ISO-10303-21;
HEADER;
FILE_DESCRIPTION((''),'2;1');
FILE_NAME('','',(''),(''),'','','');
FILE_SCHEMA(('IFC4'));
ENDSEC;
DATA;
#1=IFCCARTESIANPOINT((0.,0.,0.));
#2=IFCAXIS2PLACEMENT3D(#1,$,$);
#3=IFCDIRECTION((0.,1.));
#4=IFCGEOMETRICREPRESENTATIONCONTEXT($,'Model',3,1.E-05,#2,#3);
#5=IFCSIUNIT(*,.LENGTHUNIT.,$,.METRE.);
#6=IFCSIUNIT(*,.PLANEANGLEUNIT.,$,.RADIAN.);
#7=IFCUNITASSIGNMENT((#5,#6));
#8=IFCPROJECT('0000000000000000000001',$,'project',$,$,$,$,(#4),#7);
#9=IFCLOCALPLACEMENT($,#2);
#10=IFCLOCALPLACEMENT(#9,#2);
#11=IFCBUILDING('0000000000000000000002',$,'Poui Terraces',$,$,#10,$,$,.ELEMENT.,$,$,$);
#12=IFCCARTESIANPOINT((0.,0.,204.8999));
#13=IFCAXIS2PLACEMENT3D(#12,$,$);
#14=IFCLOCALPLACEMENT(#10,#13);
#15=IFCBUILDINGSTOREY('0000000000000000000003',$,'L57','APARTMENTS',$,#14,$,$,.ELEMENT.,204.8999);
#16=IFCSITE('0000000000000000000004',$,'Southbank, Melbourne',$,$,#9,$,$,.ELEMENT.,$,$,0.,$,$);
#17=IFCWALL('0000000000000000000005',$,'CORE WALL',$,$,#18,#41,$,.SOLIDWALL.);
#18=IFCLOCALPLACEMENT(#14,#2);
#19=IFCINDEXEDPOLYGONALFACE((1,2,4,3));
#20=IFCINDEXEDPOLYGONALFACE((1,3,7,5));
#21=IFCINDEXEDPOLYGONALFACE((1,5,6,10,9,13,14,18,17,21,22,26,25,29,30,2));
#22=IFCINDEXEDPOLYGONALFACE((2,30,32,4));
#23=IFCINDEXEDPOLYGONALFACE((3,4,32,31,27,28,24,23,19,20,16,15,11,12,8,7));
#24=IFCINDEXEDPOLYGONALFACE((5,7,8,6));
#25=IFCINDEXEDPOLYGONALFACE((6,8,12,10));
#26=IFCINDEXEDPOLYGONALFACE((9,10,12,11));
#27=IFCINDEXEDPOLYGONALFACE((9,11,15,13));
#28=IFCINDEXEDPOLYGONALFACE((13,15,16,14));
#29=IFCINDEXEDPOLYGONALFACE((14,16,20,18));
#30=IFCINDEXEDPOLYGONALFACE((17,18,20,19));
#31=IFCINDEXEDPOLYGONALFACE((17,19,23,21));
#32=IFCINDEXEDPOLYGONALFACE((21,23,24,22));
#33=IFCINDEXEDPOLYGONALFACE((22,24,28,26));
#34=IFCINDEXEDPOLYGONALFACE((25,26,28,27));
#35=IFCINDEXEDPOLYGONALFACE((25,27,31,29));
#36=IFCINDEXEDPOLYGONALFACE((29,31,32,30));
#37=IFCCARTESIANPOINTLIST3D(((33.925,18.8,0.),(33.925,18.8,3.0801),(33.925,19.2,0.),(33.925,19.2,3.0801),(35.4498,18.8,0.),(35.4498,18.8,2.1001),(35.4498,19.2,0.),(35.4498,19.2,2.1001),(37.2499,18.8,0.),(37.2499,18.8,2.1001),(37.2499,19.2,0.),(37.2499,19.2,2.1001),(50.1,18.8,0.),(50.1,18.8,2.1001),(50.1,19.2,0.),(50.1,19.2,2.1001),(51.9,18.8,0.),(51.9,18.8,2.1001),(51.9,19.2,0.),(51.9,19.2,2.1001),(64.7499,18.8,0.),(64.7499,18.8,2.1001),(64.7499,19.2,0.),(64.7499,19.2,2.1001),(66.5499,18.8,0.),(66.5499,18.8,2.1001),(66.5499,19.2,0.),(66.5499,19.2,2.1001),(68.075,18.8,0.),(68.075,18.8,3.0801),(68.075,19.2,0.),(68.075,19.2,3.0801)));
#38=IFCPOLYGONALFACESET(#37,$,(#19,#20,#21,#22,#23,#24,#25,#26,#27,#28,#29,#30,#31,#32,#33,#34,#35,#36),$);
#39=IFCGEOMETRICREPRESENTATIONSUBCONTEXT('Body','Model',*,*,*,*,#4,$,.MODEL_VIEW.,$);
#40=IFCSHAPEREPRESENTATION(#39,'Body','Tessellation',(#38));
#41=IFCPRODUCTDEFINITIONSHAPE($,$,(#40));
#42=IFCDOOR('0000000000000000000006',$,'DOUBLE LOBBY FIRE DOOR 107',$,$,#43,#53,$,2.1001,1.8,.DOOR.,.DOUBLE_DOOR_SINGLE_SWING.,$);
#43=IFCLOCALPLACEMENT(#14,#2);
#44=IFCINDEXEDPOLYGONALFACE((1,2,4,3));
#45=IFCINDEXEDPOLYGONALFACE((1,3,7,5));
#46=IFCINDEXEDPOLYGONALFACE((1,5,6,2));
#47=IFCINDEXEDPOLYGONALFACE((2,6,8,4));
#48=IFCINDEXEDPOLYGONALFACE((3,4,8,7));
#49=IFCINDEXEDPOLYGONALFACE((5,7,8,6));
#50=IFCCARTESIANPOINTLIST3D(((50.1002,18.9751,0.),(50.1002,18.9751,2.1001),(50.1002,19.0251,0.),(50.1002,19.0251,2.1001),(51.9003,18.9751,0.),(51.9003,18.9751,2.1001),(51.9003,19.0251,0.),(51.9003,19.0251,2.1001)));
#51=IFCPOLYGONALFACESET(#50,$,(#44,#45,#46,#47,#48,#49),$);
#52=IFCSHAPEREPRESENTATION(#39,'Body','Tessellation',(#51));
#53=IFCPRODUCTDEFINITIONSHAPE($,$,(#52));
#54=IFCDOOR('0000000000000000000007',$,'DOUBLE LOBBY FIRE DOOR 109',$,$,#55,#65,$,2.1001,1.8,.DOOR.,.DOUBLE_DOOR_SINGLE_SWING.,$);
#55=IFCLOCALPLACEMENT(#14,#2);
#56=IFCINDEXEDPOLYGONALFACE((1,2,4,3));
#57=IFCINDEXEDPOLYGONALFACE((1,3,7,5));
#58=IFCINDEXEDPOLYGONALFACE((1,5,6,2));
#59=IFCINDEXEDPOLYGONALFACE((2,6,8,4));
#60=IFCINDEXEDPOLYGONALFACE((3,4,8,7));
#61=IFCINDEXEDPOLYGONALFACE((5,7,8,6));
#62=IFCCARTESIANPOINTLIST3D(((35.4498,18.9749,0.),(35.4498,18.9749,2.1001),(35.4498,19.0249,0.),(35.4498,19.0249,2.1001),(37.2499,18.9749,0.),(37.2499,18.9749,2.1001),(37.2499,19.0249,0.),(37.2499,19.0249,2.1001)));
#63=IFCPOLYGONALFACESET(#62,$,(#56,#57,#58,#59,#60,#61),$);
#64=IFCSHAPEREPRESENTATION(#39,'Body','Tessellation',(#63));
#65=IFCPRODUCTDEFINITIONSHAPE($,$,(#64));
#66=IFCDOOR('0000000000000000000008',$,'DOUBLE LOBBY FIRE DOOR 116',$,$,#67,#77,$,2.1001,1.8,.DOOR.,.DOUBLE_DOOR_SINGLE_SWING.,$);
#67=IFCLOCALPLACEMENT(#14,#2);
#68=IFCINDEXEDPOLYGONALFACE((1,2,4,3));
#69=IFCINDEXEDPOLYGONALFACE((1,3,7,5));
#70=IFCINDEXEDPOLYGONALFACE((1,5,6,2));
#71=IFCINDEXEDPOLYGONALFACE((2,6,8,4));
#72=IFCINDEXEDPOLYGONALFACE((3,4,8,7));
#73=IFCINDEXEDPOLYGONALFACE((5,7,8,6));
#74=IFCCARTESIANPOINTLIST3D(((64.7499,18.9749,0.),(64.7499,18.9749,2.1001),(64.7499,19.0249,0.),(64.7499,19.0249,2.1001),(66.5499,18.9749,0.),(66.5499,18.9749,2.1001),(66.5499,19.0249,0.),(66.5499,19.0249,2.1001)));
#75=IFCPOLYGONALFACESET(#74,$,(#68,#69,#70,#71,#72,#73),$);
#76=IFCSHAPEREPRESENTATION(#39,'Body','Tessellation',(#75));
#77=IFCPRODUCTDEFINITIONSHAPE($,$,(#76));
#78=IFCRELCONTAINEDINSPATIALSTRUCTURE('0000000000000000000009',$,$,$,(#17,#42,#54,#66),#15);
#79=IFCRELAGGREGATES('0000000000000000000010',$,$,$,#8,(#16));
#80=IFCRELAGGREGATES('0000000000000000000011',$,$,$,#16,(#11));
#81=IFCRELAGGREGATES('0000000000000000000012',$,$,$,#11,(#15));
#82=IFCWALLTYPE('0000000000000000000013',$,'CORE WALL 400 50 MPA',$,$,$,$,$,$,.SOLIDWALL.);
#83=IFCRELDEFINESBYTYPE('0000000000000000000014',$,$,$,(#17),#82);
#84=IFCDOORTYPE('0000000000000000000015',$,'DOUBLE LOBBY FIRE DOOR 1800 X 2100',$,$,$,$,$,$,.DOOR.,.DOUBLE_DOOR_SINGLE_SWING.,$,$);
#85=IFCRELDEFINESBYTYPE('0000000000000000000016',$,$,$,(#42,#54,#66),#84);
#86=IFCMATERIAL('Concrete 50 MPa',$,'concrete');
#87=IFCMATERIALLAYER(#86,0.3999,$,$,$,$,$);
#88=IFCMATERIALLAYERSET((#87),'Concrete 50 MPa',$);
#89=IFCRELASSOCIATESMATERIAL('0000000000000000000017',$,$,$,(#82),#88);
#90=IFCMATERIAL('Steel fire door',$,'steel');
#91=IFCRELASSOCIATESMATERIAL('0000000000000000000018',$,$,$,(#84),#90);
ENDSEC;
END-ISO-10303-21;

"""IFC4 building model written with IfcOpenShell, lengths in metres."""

from ifc_helpers import new_model, si_unit, direction, frame, frame_2d, origin, place, context, subcontext, project, spatial, rectangle, extrude, material, layer, layer_set, type_object, element, fill, save


model = new_model("IFC4")

# Units and contexts
model_context = context("Model", 3, precision=1e-05, world=origin(), true_north=direction((0.0, 1.0)))
body_context = subcontext(model_context, "Body", "Model", "MODEL_VIEW")
ifc_project = project(units=[si_unit("LENGTHUNIT", "METRE"), si_unit("PLANEANGLEUNIT", "RADIAN")], contexts=[model_context])

# Site, building, storey
site_placement = place(None, origin())
site = spatial("IfcSite", under=ifc_project, at=site_placement, Name="Southbank, Melbourne", CompositionType="ELEMENT", RefElevation=0.0)
building_placement = place(site_placement, origin())
building = spatial("IfcBuilding", under=site, at=building_placement, Name="Poui Terraces", CompositionType="ELEMENT")
storey_placement = place(building_placement, frame((0.0, 0.0, 204.8999)))
storey = spatial("IfcBuildingStorey", under=building, at=storey_placement, Name="L57", Description="APARTMENTS", CompositionType="ELEMENT", Elevation=204.8999)

# Wall, openings, doors
ifc_material_1 = material(Name="Concrete 50 MPa", Category="concrete")
ifc_layer_1 = layer(ifc_material_1, 0.3999)
ifc_layer_set_1 = layer_set([ifc_layer_1], Name="Concrete 50 MPa")
wall_type_1 = type_object("IfcWallType", Name="CORE WALL 400 50 MPA", PredefinedType="SOLIDWALL", material=ifc_layer_set_1)
wall_1_placement = place(storey_placement, frame((33.925, 19.0, 0.0), z_axis=(0.0, 0.0, 1.0), x_axis=(1.0, 0.0, 0.0)))
wall_1 = element("IfcWall", 1, at=wall_1_placement, inside=storey, type_object=wall_type_1, Name="CORE WALL", PredefinedType="SOLIDWALL", context=body_context, shape_type="SweptSolid", body=[
    extrude(rectangle(XDim=34.1499, YDim=0.3999, at=frame_2d((17.075, 0.0))), origin(), (0.0, 0.0, 1.0), 3.0801),
])
opening_1_placement = place(wall_1_placement, frame((16.175, 0.0, 0.0)))
opening_1 = element("IfcOpeningElement", 2, at=opening_1_placement, cuts=wall_1, PredefinedType="OPENING", context=body_context, shape_type="SweptSolid", body=[
    extrude(rectangle(XDim=1.8, YDim=2.1001, at=frame_2d((0.8999, 1.05))), frame((0.0, 0.21, 0.0), z_axis=(0.0, -1.0, 0.0), x_axis=(1.0, 0.0, 0.0)), (0.0, 0.0, 1.0), 0.4199),
])
opening_2_placement = place(wall_1_placement, frame((1.5249, 0.0, 0.0)))
opening_2 = element("IfcOpeningElement", 3, at=opening_2_placement, cuts=wall_1, PredefinedType="OPENING", context=body_context, shape_type="SweptSolid", body=[
    extrude(rectangle(XDim=1.8, YDim=2.1001, at=frame_2d((0.8999, 1.05))), frame((0.0, 0.21, 0.0), z_axis=(0.0, -1.0, 0.0), x_axis=(1.0, 0.0, 0.0)), (0.0, 0.0, 1.0), 0.4199),
])
opening_3_placement = place(wall_1_placement, frame((30.825, 0.0, 0.0)))
opening_3 = element("IfcOpeningElement", 4, at=opening_3_placement, cuts=wall_1, PredefinedType="OPENING", context=body_context, shape_type="SweptSolid", body=[
    extrude(rectangle(XDim=1.8, YDim=2.1001, at=frame_2d((0.8999, 1.05))), frame((0.0, 0.21, 0.0), z_axis=(0.0, -1.0, 0.0), x_axis=(1.0, 0.0, 0.0)), (0.0, 0.0, 1.0), 0.4199),
])
ifc_material_2 = material(Name="Steel fire door", Category="steel")
door_type_1 = type_object("IfcDoorType", Name="DOUBLE LOBBY FIRE DOOR 1800 X 2100", OperationType="DOUBLE_DOOR_SINGLE_SWING", PredefinedType="DOOR", material=ifc_material_2)
door_1_placement = place(opening_1_placement, frame((1.8, 0.0, 0.0), z_axis=(0.0, 0.0, 1.0), x_axis=(-1.0, 0.0, 0.0)))
door_1 = element("IfcDoor", 5, at=door_1_placement, inside=storey, type_object=door_type_1, Name="DOUBLE LOBBY FIRE DOOR 107", OperationType="DOUBLE_DOOR_SINGLE_SWING", OverallHeight=2.1001, OverallWidth=1.8, PredefinedType="DOOR", context=body_context, shape_type="SweptSolid", body=[
    extrude(rectangle(XDim=1.8, YDim=2.1001, at=frame_2d((0.8999, 1.05))), frame((0.0, 0.0249, 0.0), z_axis=(0.0, -1.0, 0.0), x_axis=(1.0, 0.0, 0.0)), (0.0, 0.0, 1.0), 0.05),
])
fill(opening_1, door_1)
door_2_placement = place(opening_2_placement, origin())
door_2 = element("IfcDoor", 6, at=door_2_placement, inside=storey, type_object=door_type_1, Name="DOUBLE LOBBY FIRE DOOR 109", OperationType="DOUBLE_DOOR_SINGLE_SWING", OverallHeight=2.1001, OverallWidth=1.8, PredefinedType="DOOR", context=body_context, shape_type="SweptSolid", body=[
    extrude(rectangle(XDim=1.8, YDim=2.1001, at=frame_2d((0.8999, 1.05))), frame((0.0, 0.0249, 0.0), z_axis=(0.0, -1.0, 0.0), x_axis=(1.0, 0.0, 0.0)), (0.0, 0.0, 1.0), 0.05),
])
fill(opening_2, door_2)
door_3_placement = place(opening_3_placement, origin())
door_3 = element("IfcDoor", 7, at=door_3_placement, inside=storey, type_object=door_type_1, Name="DOUBLE LOBBY FIRE DOOR 116", OperationType="DOUBLE_DOOR_SINGLE_SWING", OverallHeight=2.1001, OverallWidth=1.8, PredefinedType="DOOR", context=body_context, shape_type="SweptSolid", body=[
    extrude(rectangle(XDim=1.8, YDim=2.1001, at=frame_2d((0.8999, 1.05))), frame((0.0, 0.0249, 0.0), z_axis=(0.0, -1.0, 0.0), x_axis=(1.0, 0.0, 0.0)), (0.0, 0.0, 1.0), 0.05),
])
fill(opening_3, door_3)

save(model, "model.ifc")
